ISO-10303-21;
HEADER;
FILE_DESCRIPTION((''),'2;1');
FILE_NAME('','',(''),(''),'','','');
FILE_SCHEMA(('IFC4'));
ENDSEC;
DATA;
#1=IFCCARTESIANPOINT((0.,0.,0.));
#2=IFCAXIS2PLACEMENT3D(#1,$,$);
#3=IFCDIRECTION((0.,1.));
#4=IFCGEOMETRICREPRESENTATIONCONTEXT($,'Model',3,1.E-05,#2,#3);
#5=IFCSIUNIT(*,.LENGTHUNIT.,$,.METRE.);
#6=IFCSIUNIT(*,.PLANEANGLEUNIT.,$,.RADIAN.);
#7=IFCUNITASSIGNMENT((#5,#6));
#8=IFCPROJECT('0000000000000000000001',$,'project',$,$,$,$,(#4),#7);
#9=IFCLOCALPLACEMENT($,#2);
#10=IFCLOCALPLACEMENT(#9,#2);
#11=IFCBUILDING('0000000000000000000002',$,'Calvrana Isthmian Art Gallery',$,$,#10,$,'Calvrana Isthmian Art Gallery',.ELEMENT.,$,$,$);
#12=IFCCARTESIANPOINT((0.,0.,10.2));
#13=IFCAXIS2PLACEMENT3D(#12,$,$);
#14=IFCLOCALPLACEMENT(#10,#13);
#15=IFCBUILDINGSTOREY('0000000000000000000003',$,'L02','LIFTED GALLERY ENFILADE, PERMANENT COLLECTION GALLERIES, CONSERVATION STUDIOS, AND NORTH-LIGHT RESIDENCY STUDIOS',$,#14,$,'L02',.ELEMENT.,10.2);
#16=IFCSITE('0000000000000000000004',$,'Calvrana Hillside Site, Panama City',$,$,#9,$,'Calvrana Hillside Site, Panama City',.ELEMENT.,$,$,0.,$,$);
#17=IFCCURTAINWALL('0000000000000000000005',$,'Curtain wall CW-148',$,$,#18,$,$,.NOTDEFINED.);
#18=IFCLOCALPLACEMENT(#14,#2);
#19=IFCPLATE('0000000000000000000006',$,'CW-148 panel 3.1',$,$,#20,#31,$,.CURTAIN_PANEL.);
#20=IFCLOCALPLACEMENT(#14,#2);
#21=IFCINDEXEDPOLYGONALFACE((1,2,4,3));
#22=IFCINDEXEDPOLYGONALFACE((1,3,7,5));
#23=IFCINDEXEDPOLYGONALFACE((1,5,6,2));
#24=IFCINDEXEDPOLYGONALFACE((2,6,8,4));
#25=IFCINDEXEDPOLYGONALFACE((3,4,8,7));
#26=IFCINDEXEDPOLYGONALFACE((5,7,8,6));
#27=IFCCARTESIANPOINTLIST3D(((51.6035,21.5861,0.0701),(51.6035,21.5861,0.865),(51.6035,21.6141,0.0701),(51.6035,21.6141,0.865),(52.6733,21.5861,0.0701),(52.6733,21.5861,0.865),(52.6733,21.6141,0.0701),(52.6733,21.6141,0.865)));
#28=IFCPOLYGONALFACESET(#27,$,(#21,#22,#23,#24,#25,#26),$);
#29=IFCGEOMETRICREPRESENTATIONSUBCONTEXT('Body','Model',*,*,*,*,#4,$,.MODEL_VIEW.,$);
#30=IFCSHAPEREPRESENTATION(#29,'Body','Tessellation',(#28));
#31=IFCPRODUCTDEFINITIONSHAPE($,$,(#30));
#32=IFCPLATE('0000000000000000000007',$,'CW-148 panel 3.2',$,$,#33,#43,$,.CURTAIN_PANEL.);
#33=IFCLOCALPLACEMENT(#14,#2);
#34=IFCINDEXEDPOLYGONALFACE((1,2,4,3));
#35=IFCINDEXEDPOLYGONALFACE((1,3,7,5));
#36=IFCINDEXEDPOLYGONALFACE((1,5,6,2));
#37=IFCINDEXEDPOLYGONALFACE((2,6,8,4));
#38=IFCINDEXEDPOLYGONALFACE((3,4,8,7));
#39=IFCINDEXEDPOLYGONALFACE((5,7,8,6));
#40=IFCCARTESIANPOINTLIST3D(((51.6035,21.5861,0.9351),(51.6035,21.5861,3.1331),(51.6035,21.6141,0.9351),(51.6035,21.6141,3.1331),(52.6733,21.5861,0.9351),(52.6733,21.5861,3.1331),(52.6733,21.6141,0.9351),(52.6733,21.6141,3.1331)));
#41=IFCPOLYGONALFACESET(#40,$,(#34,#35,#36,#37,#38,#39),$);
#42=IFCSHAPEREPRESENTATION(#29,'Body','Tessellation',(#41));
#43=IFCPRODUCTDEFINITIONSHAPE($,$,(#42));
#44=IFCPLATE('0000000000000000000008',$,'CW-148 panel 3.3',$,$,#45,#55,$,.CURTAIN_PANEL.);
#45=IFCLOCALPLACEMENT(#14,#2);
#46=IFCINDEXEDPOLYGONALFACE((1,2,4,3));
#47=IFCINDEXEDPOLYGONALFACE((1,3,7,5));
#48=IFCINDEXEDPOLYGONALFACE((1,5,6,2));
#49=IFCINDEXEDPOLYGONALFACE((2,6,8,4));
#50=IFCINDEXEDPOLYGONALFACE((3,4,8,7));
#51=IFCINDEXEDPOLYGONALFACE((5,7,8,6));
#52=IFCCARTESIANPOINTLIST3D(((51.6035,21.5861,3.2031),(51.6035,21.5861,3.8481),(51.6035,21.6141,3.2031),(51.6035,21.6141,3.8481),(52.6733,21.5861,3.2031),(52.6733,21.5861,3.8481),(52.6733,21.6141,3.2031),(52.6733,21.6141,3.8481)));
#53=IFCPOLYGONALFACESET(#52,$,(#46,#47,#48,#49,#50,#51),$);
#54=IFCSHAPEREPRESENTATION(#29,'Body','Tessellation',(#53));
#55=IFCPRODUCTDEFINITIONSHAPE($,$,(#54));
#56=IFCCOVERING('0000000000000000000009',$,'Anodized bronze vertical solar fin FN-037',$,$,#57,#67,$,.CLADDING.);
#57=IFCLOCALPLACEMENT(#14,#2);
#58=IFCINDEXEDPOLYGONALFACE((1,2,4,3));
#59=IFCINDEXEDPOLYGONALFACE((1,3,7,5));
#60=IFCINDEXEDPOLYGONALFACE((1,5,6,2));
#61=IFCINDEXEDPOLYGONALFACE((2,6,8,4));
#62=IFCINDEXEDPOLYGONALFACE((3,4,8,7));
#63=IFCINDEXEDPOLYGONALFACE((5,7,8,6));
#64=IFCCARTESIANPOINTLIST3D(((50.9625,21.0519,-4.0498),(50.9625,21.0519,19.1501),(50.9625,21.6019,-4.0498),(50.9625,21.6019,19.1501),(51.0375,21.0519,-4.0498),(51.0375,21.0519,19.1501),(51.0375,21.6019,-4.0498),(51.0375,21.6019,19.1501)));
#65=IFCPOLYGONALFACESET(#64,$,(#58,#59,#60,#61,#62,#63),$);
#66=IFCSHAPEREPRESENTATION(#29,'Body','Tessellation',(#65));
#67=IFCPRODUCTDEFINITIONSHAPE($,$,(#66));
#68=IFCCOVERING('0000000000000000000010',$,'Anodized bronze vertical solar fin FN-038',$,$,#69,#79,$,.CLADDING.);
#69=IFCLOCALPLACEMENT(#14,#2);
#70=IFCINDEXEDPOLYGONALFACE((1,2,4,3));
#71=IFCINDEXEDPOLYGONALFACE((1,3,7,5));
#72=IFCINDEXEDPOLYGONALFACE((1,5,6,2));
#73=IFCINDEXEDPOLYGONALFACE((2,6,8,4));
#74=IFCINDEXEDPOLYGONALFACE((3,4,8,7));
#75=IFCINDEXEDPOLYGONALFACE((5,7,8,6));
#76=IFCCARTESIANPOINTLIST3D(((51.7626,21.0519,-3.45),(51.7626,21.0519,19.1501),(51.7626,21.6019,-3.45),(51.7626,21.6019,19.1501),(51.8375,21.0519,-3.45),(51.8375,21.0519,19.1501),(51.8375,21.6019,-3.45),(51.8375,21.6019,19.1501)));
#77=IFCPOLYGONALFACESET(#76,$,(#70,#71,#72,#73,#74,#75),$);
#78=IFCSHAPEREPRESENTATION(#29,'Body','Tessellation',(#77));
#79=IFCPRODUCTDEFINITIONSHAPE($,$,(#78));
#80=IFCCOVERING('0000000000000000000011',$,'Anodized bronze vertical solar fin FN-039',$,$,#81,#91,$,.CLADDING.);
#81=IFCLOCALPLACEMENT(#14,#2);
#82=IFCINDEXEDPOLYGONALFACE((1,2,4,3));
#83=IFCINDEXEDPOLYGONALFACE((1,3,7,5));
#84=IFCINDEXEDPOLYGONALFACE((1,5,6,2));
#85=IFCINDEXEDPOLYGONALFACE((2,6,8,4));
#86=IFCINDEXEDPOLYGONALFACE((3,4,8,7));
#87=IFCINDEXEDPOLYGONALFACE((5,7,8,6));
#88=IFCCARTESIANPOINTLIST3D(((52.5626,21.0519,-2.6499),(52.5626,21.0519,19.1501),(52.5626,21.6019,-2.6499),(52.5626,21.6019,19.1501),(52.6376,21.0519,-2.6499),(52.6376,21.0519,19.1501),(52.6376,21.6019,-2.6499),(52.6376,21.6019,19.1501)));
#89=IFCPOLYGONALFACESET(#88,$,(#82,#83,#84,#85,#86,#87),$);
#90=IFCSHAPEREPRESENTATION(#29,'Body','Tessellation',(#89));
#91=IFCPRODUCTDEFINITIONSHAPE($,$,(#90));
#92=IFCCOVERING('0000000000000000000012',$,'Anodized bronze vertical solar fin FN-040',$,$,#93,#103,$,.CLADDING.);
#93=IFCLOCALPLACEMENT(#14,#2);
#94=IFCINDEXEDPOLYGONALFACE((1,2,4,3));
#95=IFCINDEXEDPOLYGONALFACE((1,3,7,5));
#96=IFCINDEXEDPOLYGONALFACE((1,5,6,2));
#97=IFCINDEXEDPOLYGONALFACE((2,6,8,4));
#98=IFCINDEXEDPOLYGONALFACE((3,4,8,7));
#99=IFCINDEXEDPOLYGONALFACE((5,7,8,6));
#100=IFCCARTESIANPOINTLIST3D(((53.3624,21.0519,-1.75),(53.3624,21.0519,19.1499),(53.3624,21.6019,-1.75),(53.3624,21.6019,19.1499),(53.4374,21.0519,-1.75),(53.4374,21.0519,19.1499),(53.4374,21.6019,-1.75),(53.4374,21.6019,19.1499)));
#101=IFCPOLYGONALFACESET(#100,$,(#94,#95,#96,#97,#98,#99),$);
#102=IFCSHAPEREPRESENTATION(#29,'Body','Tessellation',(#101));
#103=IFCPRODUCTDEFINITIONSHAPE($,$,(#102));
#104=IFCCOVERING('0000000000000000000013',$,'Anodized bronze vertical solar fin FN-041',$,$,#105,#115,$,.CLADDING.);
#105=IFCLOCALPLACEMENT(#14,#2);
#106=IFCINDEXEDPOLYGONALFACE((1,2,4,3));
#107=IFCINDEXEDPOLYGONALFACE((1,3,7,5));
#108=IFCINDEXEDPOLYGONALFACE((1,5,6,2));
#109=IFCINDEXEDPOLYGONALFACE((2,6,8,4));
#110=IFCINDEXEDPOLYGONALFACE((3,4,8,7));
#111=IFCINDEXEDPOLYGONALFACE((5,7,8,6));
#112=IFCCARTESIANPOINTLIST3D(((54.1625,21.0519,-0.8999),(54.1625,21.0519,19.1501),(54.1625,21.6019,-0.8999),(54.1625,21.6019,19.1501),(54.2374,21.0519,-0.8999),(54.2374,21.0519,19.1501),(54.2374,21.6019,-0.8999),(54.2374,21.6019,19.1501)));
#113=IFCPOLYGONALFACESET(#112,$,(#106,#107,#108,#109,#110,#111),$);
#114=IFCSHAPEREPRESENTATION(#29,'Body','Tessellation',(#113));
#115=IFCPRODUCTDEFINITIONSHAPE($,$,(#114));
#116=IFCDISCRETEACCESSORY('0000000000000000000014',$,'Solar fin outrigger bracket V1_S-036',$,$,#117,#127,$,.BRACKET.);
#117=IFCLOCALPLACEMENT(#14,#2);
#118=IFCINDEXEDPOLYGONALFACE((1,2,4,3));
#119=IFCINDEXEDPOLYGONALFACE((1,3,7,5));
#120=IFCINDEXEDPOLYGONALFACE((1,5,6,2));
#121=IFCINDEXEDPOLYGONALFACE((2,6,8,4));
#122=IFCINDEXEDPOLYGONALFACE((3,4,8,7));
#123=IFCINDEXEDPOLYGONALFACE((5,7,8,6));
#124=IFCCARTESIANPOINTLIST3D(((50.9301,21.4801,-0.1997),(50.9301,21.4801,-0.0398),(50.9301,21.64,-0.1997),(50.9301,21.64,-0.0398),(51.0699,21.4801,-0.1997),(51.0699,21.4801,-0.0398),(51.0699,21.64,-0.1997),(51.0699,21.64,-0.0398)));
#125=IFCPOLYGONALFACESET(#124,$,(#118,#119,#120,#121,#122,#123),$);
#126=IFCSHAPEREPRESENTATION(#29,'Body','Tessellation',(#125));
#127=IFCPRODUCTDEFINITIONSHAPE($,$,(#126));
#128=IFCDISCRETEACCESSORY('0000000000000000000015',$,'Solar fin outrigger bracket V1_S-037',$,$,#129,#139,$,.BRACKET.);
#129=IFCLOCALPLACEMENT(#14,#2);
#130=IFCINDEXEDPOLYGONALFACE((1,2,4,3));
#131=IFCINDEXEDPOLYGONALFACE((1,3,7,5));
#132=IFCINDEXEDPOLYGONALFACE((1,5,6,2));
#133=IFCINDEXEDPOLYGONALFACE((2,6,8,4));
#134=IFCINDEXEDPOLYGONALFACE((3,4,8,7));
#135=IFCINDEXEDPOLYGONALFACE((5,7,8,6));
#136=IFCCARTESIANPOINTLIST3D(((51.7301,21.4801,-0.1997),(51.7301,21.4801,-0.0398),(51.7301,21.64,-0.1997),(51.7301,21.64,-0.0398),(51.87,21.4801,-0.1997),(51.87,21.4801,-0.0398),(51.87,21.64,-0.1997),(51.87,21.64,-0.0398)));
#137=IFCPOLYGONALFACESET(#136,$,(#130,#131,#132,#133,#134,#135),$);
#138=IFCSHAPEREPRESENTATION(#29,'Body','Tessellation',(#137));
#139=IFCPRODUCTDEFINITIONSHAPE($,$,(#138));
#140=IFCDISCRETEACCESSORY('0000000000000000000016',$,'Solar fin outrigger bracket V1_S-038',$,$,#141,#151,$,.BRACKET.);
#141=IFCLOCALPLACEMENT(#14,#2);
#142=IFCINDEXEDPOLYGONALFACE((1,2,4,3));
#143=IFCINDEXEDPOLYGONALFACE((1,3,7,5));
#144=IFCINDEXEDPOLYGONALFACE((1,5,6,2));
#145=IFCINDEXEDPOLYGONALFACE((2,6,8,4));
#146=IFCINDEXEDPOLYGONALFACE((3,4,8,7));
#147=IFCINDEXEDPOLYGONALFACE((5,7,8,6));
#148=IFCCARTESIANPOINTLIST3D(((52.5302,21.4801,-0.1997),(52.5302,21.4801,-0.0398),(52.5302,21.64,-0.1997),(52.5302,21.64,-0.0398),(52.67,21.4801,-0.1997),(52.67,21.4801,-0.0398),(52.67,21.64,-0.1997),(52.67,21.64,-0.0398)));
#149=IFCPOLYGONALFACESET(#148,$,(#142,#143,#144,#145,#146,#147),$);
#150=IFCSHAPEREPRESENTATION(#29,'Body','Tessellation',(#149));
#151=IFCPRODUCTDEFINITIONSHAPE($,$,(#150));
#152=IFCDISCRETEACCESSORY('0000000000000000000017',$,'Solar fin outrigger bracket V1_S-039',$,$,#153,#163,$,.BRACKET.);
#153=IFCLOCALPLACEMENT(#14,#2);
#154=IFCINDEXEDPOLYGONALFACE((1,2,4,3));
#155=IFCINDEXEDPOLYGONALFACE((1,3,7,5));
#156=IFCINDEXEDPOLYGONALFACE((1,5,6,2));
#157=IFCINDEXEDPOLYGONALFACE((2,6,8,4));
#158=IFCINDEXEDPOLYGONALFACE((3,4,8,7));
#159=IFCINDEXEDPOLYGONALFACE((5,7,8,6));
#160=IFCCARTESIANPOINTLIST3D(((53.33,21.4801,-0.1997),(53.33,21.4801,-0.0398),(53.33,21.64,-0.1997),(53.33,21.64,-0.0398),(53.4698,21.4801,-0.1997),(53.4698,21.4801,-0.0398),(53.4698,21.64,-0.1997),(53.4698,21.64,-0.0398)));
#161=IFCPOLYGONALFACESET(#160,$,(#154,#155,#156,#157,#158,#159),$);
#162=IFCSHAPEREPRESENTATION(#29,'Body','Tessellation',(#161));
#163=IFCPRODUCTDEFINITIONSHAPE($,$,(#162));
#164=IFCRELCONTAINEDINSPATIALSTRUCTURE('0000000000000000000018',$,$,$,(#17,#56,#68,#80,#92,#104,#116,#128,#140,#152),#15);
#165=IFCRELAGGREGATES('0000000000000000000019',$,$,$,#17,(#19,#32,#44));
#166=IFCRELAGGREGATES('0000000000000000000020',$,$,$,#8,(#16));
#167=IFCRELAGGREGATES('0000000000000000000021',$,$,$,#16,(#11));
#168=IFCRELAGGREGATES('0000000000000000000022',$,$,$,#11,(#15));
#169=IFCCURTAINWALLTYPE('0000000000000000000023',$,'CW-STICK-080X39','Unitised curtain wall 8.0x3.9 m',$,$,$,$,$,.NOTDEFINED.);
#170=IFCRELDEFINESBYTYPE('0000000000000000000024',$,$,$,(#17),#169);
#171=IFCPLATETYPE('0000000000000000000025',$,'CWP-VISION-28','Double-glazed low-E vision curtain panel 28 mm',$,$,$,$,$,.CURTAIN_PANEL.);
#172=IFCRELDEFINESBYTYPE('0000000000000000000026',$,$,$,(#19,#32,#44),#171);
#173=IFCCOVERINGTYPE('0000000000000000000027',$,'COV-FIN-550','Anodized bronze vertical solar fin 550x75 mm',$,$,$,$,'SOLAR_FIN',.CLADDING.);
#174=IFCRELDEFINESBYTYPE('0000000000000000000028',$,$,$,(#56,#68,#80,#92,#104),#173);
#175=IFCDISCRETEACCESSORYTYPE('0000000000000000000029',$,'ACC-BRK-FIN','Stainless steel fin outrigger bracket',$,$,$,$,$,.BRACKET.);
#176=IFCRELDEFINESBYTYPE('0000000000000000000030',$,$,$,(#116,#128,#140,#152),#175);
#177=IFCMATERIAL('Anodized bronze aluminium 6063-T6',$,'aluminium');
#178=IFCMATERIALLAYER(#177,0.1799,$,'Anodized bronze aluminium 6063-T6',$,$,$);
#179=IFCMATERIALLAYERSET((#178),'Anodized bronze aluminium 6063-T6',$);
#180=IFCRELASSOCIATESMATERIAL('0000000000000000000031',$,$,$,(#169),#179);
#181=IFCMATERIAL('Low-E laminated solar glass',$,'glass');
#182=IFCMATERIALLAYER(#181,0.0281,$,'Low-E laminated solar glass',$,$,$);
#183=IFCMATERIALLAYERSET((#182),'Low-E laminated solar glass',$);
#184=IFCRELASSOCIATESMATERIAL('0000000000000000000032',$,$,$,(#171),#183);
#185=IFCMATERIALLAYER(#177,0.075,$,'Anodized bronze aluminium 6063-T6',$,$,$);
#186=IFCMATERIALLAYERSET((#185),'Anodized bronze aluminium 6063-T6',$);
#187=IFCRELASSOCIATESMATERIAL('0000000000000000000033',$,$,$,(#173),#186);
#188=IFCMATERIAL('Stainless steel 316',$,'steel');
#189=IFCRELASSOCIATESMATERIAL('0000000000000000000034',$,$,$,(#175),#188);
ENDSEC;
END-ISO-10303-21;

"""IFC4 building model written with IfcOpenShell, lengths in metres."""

from ifc_helpers import new_model, si_unit, direction, frame, origin, origin_2d, place, context, subcontext, project, spatial, rectangle, extrude, material, layer, layer_set, type_object, element, aggregate, save


model = new_model("IFC4")

# Units and contexts
model_context = context("Model", 3, precision=1e-05, world=origin(), true_north=direction((0.0, 1.0)))
body_context = subcontext(model_context, "Body", "Model", "MODEL_VIEW")
ifc_project = project(units=[si_unit("LENGTHUNIT", "METRE"), si_unit("PLANEANGLEUNIT", "RADIAN")], contexts=[model_context])

# Site, building, storey
site_placement = place(None, origin())
site = spatial("IfcSite", under=ifc_project, at=site_placement, Name="Calvrana Hillside Site, Panama City", LongName="Calvrana Hillside Site, Panama City", CompositionType="ELEMENT", RefElevation=0.0)
building_placement = place(site_placement, origin())
building = spatial("IfcBuilding", under=site, at=building_placement, Name="Calvrana Isthmian Art Gallery", LongName="Calvrana Isthmian Art Gallery", CompositionType="ELEMENT")
storey_placement = place(building_placement, frame((0.0, 0.0, 10.2)))
storey = spatial("IfcBuildingStorey", under=building, at=storey_placement, Name="L02", Description="LIFTED GALLERY ENFILADE, PERMANENT COLLECTION GALLERIES, CONSERVATION STUDIOS, AND NORTH-LIGHT RESIDENCY STUDIOS", LongName="L02", CompositionType="ELEMENT", Elevation=10.2)

# Curtain wall, plates
ifc_material_1 = material(Name="Anodized bronze aluminium 6063-T6", Category="aluminium")
ifc_layer_1 = layer(ifc_material_1, 0.1799, Name="Anodized bronze aluminium 6063-T6")
ifc_layer_set_1 = layer_set([ifc_layer_1], Name="Anodized bronze aluminium 6063-T6")
curtain_wall_type = type_object("IfcCurtainWallType", Name="CW-STICK-080X39", Description="Unitised curtain wall 8.0x3.9 m", PredefinedType="NOTDEFINED", material=ifc_layer_set_1)
curtain_wall_placement = place(storey_placement, origin())
curtain_wall = element("IfcCurtainWall", 1, at=curtain_wall_placement, inside=storey, type_object=curtain_wall_type, Name="Curtain wall CW-148", PredefinedType="NOTDEFINED")
ifc_material_2 = material(Name="Low-E laminated solar glass", Category="glass")
ifc_layer_2 = layer(ifc_material_2, 0.0281, Name="Low-E laminated solar glass")
ifc_layer_set_2 = layer_set([ifc_layer_2], Name="Low-E laminated solar glass")
plate_type = type_object("IfcPlateType", Name="CWP-VISION-28", Description="Double-glazed low-E vision curtain panel 28 mm", PredefinedType="CURTAIN_PANEL", material=ifc_layer_set_2)
plate_1_placement = place(storey_placement, frame((52.1384, 21.6001, 0.0701), z_axis=(0.0, 0.0, 1.0), x_axis=(-1.0, 0.0, 0.0)))
plate_1 = element("IfcPlate", 2, at=plate_1_placement, type_object=plate_type, Name="CW-148 panel 3.1", PredefinedType="CURTAIN_PANEL", context=body_context, shape_type="SweptSolid", body=[
    extrude(rectangle(XDim=1.0698, YDim=0.0281, at=origin_2d()), origin(), (0.0, 0.0, 1.0), 0.7949),
])
plate_2_placement = place(storey_placement, frame((52.1384, 21.6001, 0.9351), z_axis=(0.0, 0.0, 1.0), x_axis=(-1.0, 0.0, 0.0)))
plate_2 = element("IfcPlate", 3, at=plate_2_placement, type_object=plate_type, Name="CW-148 panel 3.2", PredefinedType="CURTAIN_PANEL", context=body_context, shape_type="SweptSolid", body=[
    extrude(rectangle(XDim=1.0698, YDim=0.0281, at=origin_2d()), origin(), (0.0, 0.0, 1.0), 2.198),
])
plate_3_placement = place(storey_placement, frame((52.1384, 21.6001, 3.2031), z_axis=(0.0, 0.0, 1.0), x_axis=(-1.0, 0.0, 0.0)))
plate_3 = element("IfcPlate", 4, at=plate_3_placement, type_object=plate_type, Name="CW-148 panel 3.3", PredefinedType="CURTAIN_PANEL", context=body_context, shape_type="SweptSolid", body=[
    extrude(rectangle(XDim=1.0698, YDim=0.0281, at=origin_2d()), origin(), (0.0, 0.0, 1.0), 0.645),
])
aggregate(curtain_wall, [plate_1, plate_2, plate_3])

# Coverings
ifc_layer_3 = layer(ifc_material_1, 0.075, Name="Anodized bronze aluminium 6063-T6")
ifc_layer_set_3 = layer_set([ifc_layer_3], Name="Anodized bronze aluminium 6063-T6")
covering_type = type_object("IfcCoveringType", Name="COV-FIN-550", Description="Anodized bronze vertical solar fin 550x75 mm", ElementType="SOLAR_FIN", PredefinedType="CLADDING", material=ifc_layer_set_3)
covering_1_placement = place(storey_placement, frame((51.0, 21.3269, -4.0498), z_axis=(0.0, 0.0, 1.0), x_axis=(1.0, 0.0, 0.0)))
element("IfcCovering", 5, at=covering_1_placement, inside=storey, type_object=covering_type, Name="Anodized bronze vertical solar fin FN-037", PredefinedType="CLADDING", context=body_context, shape_type="SweptSolid", body=[
    extrude(rectangle(XDim=0.075, YDim=0.55, at=origin_2d()), origin(), (0.0, 0.0, 1.0), 23.2),
])
covering_2_placement = place(storey_placement, frame((51.8, 21.3269, -3.45), z_axis=(0.0, 0.0, 1.0), x_axis=(1.0, 0.0, 0.0)))
element("IfcCovering", 6, at=covering_2_placement, inside=storey, type_object=covering_type, Name="Anodized bronze vertical solar fin FN-038", PredefinedType="CLADDING", context=body_context, shape_type="SweptSolid", body=[
    extrude(rectangle(XDim=0.075, YDim=0.55, at=origin_2d()), origin(), (0.0, 0.0, 1.0), 22.6001),
])
covering_3_placement = place(storey_placement, frame((52.6001, 21.3269, -2.6499), z_axis=(0.0, 0.0, 1.0), x_axis=(1.0, 0.0, 0.0)))
element("IfcCovering", 7, at=covering_3_placement, inside=storey, type_object=covering_type, Name="Anodized bronze vertical solar fin FN-039", PredefinedType="CLADDING", context=body_context, shape_type="SweptSolid", body=[
    extrude(rectangle(XDim=0.075, YDim=0.55, at=origin_2d()), origin(), (0.0, 0.0, 1.0), 21.8),
])
covering_4_placement = place(storey_placement, frame((53.3999, 21.3269, -1.75), z_axis=(0.0, 0.0, 1.0), x_axis=(1.0, 0.0, 0.0)))
element("IfcCovering", 8, at=covering_4_placement, inside=storey, type_object=covering_type, Name="Anodized bronze vertical solar fin FN-040", PredefinedType="CLADDING", context=body_context, shape_type="SweptSolid", body=[
    extrude(rectangle(XDim=0.075, YDim=0.55, at=origin_2d()), origin(), (0.0, 0.0, 1.0), 20.8999),
])
covering_5_placement = place(storey_placement, frame((54.2, 21.3269, -0.8999), z_axis=(0.0, 0.0, 1.0), x_axis=(1.0, 0.0, 0.0)))
element("IfcCovering", 9, at=covering_5_placement, inside=storey, type_object=covering_type, Name="Anodized bronze vertical solar fin FN-041", PredefinedType="CLADDING", context=body_context, shape_type="SweptSolid", body=[
    extrude(rectangle(XDim=0.075, YDim=0.55, at=origin_2d()), origin(), (0.0, 0.0, 1.0), 20.05),
])

# Discrete accessories
ifc_material_3 = material(Name="Stainless steel 316", Category="steel")
discrete_accessory_type = type_object("IfcDiscreteAccessoryType", Name="ACC-BRK-FIN", Description="Stainless steel fin outrigger bracket", PredefinedType="BRACKET", material=ifc_material_3)
for number, where, z_axis, x_axis, name in (
    (10, (51.0, 21.5601, -0.1997), (0.0, 0.0, 1.0), (1.0, 0.0, 0.0), "Solar fin outrigger bracket V1_S-036"),
    (11, (51.8, 21.5601, -0.1997), (0.0, 0.0, 1.0), (1.0, 0.0, 0.0), "Solar fin outrigger bracket V1_S-037"),
    (12, (52.6001, 21.5601, -0.1997), (0.0, 0.0, 1.0), (1.0, 0.0, 0.0), "Solar fin outrigger bracket V1_S-038"),
    (13, (53.3999, 21.5601, -0.1997), (0.0, 0.0, 1.0), (1.0, 0.0, 0.0), "Solar fin outrigger bracket V1_S-039"),
):
    element("IfcDiscreteAccessory", number, at=place(storey_placement, frame(where, z_axis=z_axis, x_axis=x_axis)), inside=storey, type_object=discrete_accessory_type, Name=name, PredefinedType="BRACKET", context=body_context, shape_type="SweptSolid", body=[
        extrude(rectangle(XDim=0.1399, YDim=0.1599, at=origin_2d()), origin(), (0.0, 0.0, 1.0), 0.1599),
    ])

save(model, "model.ifc")
